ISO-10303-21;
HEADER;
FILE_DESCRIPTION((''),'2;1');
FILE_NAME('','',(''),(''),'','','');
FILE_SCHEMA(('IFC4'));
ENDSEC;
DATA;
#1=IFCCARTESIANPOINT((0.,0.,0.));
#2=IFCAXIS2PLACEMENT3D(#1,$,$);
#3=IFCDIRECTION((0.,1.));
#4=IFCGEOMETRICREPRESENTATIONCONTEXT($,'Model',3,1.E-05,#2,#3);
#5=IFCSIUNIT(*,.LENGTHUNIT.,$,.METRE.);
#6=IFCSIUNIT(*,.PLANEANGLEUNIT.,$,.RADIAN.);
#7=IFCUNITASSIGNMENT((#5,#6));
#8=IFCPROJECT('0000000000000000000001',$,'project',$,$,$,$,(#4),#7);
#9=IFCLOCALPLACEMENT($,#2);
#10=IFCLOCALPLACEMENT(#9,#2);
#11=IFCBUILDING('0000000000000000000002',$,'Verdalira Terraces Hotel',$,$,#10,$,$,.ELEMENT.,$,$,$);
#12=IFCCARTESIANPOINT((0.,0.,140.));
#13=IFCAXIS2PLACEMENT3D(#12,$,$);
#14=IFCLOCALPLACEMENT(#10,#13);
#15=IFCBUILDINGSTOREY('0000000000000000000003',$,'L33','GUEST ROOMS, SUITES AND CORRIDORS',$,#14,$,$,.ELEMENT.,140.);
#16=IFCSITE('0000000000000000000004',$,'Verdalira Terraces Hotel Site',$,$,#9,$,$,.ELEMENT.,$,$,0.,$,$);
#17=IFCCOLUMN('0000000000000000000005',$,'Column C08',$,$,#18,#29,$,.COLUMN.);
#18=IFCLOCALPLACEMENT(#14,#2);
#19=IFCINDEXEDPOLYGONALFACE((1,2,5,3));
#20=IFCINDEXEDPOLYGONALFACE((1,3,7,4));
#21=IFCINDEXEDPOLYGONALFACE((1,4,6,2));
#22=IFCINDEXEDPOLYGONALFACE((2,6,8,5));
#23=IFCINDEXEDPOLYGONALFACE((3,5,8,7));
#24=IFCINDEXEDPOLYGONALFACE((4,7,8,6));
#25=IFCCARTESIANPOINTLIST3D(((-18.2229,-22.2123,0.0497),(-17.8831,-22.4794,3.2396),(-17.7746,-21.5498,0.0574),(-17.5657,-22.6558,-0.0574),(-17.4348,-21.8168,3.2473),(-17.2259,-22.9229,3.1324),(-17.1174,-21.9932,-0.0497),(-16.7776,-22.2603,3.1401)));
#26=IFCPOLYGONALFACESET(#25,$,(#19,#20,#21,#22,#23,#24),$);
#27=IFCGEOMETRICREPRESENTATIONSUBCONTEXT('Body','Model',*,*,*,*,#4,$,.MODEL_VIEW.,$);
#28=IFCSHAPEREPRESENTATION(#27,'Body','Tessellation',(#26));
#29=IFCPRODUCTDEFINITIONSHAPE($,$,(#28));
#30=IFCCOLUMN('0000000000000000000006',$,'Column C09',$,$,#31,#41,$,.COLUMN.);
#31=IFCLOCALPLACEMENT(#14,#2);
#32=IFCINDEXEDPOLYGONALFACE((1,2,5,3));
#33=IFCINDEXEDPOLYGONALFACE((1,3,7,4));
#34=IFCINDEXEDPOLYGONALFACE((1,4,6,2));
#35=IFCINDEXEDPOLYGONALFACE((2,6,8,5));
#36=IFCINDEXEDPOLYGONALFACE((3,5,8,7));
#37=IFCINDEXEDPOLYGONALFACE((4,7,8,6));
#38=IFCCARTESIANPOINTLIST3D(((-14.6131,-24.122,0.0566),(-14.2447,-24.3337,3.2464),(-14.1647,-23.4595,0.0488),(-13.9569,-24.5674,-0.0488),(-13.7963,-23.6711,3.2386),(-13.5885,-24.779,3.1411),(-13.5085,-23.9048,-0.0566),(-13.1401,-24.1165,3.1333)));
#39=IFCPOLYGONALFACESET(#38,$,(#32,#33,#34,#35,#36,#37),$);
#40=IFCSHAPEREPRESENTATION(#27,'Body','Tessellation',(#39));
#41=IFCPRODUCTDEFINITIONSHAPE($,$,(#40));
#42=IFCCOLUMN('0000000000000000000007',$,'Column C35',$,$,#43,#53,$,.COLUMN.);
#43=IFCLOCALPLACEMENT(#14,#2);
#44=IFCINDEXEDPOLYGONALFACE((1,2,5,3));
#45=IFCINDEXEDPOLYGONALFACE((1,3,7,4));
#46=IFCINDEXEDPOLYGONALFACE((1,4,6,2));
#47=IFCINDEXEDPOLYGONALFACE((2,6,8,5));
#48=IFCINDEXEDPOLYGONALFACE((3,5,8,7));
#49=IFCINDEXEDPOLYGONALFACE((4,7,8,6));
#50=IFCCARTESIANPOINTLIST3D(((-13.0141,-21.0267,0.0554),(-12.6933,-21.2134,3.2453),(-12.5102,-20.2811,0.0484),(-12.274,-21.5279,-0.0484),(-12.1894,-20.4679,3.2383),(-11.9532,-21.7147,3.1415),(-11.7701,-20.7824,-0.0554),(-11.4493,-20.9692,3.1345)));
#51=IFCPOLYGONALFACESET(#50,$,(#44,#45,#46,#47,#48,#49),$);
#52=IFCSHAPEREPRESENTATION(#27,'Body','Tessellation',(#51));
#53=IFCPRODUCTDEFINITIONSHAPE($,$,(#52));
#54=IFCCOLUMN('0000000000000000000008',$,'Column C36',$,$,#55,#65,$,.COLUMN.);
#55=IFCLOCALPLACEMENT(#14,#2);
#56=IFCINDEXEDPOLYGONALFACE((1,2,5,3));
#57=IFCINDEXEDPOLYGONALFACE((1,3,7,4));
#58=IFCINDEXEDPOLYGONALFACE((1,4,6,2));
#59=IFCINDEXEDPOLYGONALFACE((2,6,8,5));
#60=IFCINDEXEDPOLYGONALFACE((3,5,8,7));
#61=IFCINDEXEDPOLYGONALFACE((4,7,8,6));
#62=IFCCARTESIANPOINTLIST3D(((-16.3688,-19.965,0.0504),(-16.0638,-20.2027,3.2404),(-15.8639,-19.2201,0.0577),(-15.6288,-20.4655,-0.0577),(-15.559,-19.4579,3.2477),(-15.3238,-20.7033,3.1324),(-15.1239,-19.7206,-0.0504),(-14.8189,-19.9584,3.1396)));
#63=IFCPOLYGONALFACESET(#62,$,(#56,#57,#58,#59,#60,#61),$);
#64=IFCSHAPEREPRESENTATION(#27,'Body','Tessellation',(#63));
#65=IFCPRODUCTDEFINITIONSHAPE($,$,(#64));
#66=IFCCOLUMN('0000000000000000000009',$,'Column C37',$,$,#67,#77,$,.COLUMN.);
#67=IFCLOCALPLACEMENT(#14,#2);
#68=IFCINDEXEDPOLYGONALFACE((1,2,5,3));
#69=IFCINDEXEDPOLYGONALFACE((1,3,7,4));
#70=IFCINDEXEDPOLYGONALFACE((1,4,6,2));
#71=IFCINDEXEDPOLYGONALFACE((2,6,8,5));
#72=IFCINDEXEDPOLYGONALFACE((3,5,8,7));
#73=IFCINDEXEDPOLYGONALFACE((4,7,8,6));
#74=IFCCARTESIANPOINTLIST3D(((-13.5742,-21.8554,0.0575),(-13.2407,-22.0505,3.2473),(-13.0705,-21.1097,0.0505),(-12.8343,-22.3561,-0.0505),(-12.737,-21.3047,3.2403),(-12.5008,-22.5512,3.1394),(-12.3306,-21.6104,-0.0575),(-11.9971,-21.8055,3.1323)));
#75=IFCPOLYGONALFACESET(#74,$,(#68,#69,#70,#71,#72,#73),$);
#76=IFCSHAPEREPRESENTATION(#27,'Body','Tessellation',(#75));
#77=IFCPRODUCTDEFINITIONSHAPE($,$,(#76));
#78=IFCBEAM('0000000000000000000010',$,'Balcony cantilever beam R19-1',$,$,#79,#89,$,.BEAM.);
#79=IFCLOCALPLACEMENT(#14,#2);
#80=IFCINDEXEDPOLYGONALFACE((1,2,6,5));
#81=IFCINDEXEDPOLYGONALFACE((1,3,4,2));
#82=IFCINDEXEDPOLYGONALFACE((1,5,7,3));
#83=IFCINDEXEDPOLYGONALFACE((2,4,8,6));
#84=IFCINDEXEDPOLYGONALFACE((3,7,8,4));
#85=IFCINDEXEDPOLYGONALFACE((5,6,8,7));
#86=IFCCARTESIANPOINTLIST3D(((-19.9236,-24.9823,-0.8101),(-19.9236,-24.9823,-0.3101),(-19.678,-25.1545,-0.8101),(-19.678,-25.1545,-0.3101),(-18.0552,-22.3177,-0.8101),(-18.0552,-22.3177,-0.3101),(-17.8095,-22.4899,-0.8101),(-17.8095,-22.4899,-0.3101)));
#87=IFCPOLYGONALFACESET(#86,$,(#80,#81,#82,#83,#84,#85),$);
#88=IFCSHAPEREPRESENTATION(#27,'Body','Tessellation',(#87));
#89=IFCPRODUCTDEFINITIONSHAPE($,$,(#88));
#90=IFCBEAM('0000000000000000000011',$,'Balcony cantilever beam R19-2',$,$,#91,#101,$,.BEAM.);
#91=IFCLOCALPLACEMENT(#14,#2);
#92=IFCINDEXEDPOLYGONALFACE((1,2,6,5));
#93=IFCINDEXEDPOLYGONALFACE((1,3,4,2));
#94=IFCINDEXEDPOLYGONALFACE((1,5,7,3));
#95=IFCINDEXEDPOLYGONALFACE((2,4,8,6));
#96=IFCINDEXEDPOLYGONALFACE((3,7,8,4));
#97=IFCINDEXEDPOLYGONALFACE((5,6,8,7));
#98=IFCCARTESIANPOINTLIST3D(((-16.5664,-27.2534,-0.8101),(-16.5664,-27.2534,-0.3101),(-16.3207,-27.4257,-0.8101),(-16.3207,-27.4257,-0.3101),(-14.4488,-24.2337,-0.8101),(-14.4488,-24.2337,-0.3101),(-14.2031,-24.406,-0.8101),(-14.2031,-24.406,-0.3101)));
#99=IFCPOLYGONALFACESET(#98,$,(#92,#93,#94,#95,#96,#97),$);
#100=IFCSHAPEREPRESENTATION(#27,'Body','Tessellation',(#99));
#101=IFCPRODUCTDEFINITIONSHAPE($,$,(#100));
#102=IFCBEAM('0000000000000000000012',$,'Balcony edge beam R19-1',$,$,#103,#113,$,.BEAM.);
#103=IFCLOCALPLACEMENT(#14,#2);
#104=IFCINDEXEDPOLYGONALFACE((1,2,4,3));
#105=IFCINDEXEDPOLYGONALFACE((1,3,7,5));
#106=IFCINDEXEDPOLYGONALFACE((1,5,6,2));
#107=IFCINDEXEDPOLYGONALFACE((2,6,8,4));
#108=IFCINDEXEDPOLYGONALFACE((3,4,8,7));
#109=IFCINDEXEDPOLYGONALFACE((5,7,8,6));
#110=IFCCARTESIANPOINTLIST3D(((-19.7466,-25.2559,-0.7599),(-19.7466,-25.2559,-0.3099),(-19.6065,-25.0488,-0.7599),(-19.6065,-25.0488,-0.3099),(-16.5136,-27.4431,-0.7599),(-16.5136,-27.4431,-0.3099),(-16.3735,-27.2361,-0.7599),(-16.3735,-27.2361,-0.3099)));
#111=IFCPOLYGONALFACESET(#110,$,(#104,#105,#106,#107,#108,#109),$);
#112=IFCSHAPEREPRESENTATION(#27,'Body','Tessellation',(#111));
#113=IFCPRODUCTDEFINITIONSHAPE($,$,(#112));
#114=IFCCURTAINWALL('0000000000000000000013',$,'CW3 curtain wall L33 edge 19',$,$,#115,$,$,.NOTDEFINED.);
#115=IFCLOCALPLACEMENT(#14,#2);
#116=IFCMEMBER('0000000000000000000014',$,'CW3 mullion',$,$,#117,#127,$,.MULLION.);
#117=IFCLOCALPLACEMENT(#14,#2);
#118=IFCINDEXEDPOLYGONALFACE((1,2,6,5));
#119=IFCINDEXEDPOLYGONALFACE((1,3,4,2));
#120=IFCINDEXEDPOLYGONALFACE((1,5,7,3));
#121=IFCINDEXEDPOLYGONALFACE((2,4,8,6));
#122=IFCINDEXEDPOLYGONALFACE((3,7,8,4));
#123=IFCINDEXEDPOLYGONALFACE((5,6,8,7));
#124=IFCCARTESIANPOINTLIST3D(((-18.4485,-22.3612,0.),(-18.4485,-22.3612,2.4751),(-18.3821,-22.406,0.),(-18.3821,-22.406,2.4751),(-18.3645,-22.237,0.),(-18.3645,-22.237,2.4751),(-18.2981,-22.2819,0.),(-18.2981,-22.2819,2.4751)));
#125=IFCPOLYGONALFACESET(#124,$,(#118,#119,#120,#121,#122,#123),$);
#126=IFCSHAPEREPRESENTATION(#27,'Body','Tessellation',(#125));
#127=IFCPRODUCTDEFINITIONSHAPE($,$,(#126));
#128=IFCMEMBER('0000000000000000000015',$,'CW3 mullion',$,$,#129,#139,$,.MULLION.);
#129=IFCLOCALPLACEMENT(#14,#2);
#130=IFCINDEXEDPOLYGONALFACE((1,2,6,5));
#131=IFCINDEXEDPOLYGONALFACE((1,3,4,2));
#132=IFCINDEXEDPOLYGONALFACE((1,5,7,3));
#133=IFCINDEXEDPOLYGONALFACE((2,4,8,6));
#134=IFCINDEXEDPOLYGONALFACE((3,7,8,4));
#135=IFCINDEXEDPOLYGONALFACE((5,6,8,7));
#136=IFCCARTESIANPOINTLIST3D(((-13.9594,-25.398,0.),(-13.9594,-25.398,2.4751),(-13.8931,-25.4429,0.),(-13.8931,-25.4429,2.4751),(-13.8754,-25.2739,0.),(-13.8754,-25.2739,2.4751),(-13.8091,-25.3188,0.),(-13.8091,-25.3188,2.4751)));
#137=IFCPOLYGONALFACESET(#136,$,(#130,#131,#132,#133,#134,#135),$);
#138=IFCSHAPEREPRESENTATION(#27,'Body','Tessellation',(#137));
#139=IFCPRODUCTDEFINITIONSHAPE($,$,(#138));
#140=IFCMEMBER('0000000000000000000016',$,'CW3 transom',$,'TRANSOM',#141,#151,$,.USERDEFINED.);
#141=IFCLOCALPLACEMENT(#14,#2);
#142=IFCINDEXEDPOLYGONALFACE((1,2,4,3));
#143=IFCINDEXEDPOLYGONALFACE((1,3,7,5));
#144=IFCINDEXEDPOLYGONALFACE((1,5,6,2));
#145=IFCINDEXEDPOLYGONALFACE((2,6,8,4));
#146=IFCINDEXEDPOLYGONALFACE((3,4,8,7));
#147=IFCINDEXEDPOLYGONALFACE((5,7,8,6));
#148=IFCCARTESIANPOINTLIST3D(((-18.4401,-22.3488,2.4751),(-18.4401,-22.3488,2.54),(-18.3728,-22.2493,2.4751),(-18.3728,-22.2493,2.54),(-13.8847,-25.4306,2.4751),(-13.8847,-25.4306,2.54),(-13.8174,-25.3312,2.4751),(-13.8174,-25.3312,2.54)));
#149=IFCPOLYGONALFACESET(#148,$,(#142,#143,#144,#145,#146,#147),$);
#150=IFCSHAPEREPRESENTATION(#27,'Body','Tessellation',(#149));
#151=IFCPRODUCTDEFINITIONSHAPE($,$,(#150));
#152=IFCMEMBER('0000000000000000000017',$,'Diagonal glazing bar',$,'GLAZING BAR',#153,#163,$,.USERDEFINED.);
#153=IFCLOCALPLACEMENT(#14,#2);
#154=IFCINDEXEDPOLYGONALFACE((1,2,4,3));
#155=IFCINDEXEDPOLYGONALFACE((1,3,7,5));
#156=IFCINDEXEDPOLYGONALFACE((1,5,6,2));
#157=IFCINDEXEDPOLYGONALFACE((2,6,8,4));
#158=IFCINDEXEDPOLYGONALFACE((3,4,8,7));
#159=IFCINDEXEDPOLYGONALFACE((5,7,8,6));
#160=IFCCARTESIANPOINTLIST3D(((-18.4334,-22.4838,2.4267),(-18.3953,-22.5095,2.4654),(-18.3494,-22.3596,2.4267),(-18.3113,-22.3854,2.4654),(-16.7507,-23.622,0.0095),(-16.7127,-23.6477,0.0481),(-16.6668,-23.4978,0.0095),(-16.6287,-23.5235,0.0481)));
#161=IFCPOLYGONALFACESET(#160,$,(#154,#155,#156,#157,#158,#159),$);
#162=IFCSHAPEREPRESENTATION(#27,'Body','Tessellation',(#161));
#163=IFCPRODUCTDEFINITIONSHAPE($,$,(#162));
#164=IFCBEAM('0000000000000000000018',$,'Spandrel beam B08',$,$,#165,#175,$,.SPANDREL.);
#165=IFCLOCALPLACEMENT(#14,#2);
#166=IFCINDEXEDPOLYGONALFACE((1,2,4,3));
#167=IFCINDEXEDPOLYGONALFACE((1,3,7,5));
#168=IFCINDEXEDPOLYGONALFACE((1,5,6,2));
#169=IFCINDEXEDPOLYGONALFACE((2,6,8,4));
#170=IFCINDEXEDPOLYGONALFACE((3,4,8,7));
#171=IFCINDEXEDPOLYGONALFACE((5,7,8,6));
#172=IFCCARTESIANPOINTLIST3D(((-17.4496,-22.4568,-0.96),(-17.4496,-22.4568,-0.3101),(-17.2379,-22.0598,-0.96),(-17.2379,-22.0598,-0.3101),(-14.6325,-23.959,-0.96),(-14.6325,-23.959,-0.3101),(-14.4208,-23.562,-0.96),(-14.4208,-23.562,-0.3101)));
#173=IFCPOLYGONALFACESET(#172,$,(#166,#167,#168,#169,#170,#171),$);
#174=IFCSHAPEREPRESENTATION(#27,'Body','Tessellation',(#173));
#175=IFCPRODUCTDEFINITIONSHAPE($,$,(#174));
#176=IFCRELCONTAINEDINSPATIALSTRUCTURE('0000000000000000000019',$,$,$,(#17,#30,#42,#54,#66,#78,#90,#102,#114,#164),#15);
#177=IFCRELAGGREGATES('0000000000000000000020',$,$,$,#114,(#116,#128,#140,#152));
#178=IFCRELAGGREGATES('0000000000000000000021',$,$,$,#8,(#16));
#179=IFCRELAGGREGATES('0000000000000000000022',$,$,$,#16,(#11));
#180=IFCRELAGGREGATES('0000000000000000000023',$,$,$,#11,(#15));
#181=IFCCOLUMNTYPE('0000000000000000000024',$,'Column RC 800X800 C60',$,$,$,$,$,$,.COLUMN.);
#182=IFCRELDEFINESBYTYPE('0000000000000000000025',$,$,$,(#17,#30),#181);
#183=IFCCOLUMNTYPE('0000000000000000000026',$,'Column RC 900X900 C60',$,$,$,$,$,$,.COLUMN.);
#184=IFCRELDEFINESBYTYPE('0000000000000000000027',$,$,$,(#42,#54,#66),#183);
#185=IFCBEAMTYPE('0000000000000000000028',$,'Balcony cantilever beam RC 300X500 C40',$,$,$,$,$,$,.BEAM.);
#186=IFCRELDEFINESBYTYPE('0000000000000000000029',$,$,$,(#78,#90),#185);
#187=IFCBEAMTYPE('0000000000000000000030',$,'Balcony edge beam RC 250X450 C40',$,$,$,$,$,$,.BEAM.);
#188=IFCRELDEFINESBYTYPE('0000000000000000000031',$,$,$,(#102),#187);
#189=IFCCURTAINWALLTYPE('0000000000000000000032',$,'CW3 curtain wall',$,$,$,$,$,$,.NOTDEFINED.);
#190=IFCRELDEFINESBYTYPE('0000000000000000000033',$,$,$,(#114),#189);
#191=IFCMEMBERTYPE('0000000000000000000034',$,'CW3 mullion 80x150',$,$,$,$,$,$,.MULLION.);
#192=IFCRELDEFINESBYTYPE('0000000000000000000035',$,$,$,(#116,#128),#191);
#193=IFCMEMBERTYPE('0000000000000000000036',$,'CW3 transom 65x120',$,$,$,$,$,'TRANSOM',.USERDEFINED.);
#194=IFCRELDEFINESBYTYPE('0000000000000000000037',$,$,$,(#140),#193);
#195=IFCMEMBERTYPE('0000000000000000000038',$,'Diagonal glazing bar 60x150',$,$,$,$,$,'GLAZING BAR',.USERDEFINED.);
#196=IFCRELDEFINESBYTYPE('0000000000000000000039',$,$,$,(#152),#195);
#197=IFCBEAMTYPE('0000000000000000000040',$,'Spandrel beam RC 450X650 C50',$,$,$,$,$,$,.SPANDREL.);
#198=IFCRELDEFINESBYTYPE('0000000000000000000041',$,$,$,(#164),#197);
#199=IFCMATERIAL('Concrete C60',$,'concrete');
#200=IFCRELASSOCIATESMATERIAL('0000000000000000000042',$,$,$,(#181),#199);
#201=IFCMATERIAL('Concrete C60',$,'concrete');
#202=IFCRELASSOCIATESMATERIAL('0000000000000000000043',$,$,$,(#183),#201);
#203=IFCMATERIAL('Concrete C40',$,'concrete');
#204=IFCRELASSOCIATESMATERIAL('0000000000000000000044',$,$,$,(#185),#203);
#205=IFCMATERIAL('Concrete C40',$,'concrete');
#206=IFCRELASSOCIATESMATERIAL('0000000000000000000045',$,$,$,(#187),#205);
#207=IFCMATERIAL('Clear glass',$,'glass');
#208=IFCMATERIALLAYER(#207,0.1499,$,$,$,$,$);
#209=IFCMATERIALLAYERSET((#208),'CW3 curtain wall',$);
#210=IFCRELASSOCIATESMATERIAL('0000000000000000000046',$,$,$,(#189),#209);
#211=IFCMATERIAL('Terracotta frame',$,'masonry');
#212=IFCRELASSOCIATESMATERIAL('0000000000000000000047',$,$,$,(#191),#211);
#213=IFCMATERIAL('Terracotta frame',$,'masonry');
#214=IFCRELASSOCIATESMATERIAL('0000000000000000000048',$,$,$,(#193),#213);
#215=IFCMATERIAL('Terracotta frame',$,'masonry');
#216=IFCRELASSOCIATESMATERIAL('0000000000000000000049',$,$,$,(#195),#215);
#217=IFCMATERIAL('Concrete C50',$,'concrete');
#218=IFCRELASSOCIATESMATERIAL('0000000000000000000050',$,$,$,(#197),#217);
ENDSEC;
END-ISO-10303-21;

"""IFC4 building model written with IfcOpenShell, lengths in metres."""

from ifc_helpers import new_model, si_unit, direction, frame, origin, origin_2d, place, context, subcontext, project, spatial, rectangle, extrude, material, layer, layer_set, material_profile, profile_set, type_object, element, aggregate, save


model = new_model("IFC4")

# Units and contexts
model_context = context("Model", 3, precision=1e-05, world=origin(), true_north=direction((0.0, 1.0)))
body_context = subcontext(model_context, "Body", "Model", "MODEL_VIEW")
ifc_project = project(units=[si_unit("LENGTHUNIT", "METRE"), si_unit("PLANEANGLEUNIT", "RADIAN")], contexts=[model_context])

# Site, building, storey
site_placement = place(None, origin())
site = spatial("IfcSite", under=ifc_project, at=site_placement, Name="Verdalira Terraces Hotel Site", CompositionType="ELEMENT", RefElevation=0.0)
building_placement = place(site_placement, origin())
building = spatial("IfcBuilding", under=site, at=building_placement, Name="Verdalira Terraces Hotel", CompositionType="ELEMENT")
storey_placement = place(building_placement, frame((0.0, 0.0, 140.0)))
storey = spatial("IfcBuildingStorey", under=building, at=storey_placement, Name="L33", Description="GUEST ROOMS, SUITES AND CORRIDORS", CompositionType="ELEMENT", Elevation=140.0)

# Columns
ifc_material_1 = material(Name="Concrete C60", Category="concrete")
ifc_material_profile_1 = material_profile(ifc_material_1, rectangle(XDim=0.8, YDim=0.8, at=origin_2d()), Name="RC 800X800")
ifc_profile_set_1 = profile_set([ifc_material_profile_1], Name="Concrete C60")
column_type_1 = type_object("IfcColumnType", Name="Column RC 800X800 C60", PredefinedType="COLUMN", material=ifc_profile_set_1)
column_1_placement = place(storey_placement, frame((-17.6702, -22.1028, 0.0), z_axis=(0.105571, -0.082971, 0.990944), x_axis=(0.821478, -0.55429, -0.133927)))
element("IfcColumn", 1, at=column_1_placement, inside=storey, type_object=column_type_1, Name="Column C08", PredefinedType="COLUMN", context=body_context, shape_type="SweptSolid", body=[
    extrude(rectangle(XDim=0.8, YDim=0.8, at=origin_2d()), origin(), (0.0, 0.0, 1.0), 3.219),
])
column_2_placement = place(storey_placement, frame((-14.0608, -24.0134, 0.0), z_axis=(0.11448, -0.065775, 0.991246), x_axis=(0.820236, -0.556666, -0.131667)))
element("IfcColumn", 2, at=column_2_placement, inside=storey, type_object=column_type_1, Name="Column C09", PredefinedType="COLUMN", context=body_context, shape_type="SweptSolid", body=[
    extrude(rectangle(XDim=0.8, YDim=0.8, at=origin_2d()), origin(), (0.0, 0.0, 1.0), 3.218),
])
ifc_material_2 = material(Name="Concrete C60", Category="concrete")
ifc_material_profile_2 = material_profile(ifc_material_2, rectangle(XDim=0.8999, YDim=0.8999, at=origin_2d()), Name="RC 900X900")
ifc_profile_set_2 = profile_set([ifc_material_profile_2], Name="Concrete C60")
column_type_2 = type_object("IfcColumnType", Name="Column RC 900X900 C60", PredefinedType="COLUMN", material=ifc_profile_set_2)
column_3_placement = place(storey_placement, frame((-12.3921, -20.9045, 0.0), z_axis=(0.099892, -0.058156, 0.993297), x_axis=(-0.55999, -0.828462, 0.007811)))
element("IfcColumn", 3, at=column_3_placement, inside=storey, type_object=column_type_2, Name="Column C35", PredefinedType="COLUMN", context=body_context, shape_type="SweptSolid", body=[
    extrude(rectangle(XDim=0.8999, YDim=0.8999, at=origin_2d()), origin(), (0.0, 0.0, 1.0), 3.2114),
])
column_4_placement = place(storey_placement, frame((-15.7463, -19.8428, 0.0), z_axis=(0.094897, -0.074003, 0.992733), x_axis=(-0.56105, -0.827742, -0.008072)))
element("IfcColumn", 4, at=column_4_placement, inside=storey, type_object=column_type_2, Name="Column C36", PredefinedType="COLUMN", context=body_context, shape_type="SweptSolid", body=[
    extrude(rectangle(XDim=0.8999, YDim=0.8999, at=origin_2d()), origin(), (0.0, 0.0, 1.0), 3.2134),
])
column_5_placement = place(storey_placement, frame((-12.9524, -21.7329, 0.0), z_axis=(0.103788, -0.060707, 0.992745), x_axis=(-0.559689, -0.828666, 0.007839)))
element("IfcColumn", 5, at=column_5_placement, inside=storey, type_object=column_type_2, Name="Column C37", PredefinedType="COLUMN", context=body_context, shape_type="SweptSolid", body=[
    extrude(rectangle(XDim=0.8999, YDim=0.8999, at=origin_2d()), origin(), (0.0, 0.0, 1.0), 3.2131),
])

# Beams
ifc_material_3 = material(Name="Concrete C40", Category="concrete")
ifc_material_profile_3 = material_profile(ifc_material_3, rectangle(XDim=0.3, YDim=0.5, at=origin_2d()), Name="RC 300X500")
ifc_profile_set_3 = profile_set([ifc_material_profile_3], Name="Concrete C40")
beam_type_1 = type_object("IfcBeamType", Name="Balcony cantilever beam RC 300X500 C40", PredefinedType="BEAM", material=ifc_profile_set_3)
beam_1_placement = place(storey_placement, frame((-17.9324, -22.4038, -0.5601), z_axis=(-0.574127, -0.818766, 0.0), x_axis=(0.818766, -0.574127, 0.0)))
element("IfcBeam", 6, at=beam_1_placement, inside=storey, type_object=beam_type_1, Name="Balcony cantilever beam R19-1", PredefinedType="BEAM", context=body_context, shape_type="SweptSolid", body=[
    extrude(rectangle(XDim=0.3, YDim=0.5, at=origin_2d()), origin(), (0.0, 0.0, 1.0), 3.2544),
])
beam_2_placement = place(storey_placement, frame((-14.3259, -24.3198, -0.5601), z_axis=(-0.57416, -0.818743, 0.0), x_axis=(0.818743, -0.57416, 0.0)))
element("IfcBeam", 7, at=beam_2_placement, inside=storey, type_object=beam_type_1, Name="Balcony cantilever beam R19-2", PredefinedType="BEAM", context=body_context, shape_type="SweptSolid", body=[
    extrude(rectangle(XDim=0.3, YDim=0.5, at=origin_2d()), origin(), (0.0, 0.0, 1.0), 3.6882),
])
ifc_material_4 = material(Name="Concrete C40", Category="concrete")
ifc_material_profile_4 = material_profile(ifc_material_4, rectangle(XDim=0.25, YDim=0.45, at=origin_2d()), Name="RC 250X450")
ifc_profile_set_4 = profile_set([ifc_material_profile_4], Name="Concrete C40")
beam_type_2 = type_object("IfcBeamType", Name="Balcony edge beam RC 250X450 C40", PredefinedType="BEAM", material=ifc_profile_set_4)
beam_3_placement = place(storey_placement, frame((-19.6765, -25.1523, -0.5349), z_axis=(0.828249, -0.56036, 0.0), x_axis=(0.56036, 0.828249, 0.0)))
element("IfcBeam", 8, at=beam_3_placement, inside=storey, type_object=beam_type_2, Name="Balcony edge beam R19-1", PredefinedType="BEAM", context=body_context, shape_type="SweptSolid", body=[
    extrude(rectangle(XDim=0.25, YDim=0.45, at=origin_2d()), origin(), (0.0, 0.0, 1.0), 3.9033),
])

# Curtain wall, members
ifc_material_5 = material(Name="Clear glass", Category="glass")
ifc_layer_1 = layer(ifc_material_5, 0.1499)
ifc_layer_set_1 = layer_set([ifc_layer_1], Name="CW3 curtain wall")
curtain_wall_type = type_object("IfcCurtainWallType", Name="CW3 curtain wall", PredefinedType="NOTDEFINED", material=ifc_layer_set_1)
curtain_wall_placement = place(storey_placement, origin())
curtain_wall = element("IfcCurtainWall", 9, at=curtain_wall_placement, inside=storey, type_object=curtain_wall_type, Name="CW3 curtain wall L33 edge 19", PredefinedType="NOTDEFINED")
ifc_material_6 = material(Name="Terracotta frame", Category="masonry")
ifc_material_profile_5 = material_profile(ifc_material_6, rectangle(XDim=0.0801, YDim=0.1499, at=origin_2d()), Name="MU 80x150")
ifc_profile_set_5 = profile_set([ifc_material_profile_5], Name="Terracotta frame")
member_type_1 = type_object("IfcMemberType", Name="CW3 mullion 80x150", PredefinedType="MULLION", material=ifc_profile_set_5)
member_1_placement = place(storey_placement, frame((-18.3733, -22.3215, 0.0), z_axis=(0.0, 0.0, 1.0), x_axis=(0.828256, -0.56035, 0.0)))
member_1 = element("IfcMember", 10, at=member_1_placement, type_object=member_type_1, Name="CW3 mullion", PredefinedType="MULLION", context=body_context, shape_type="SweptSolid", body=[
    extrude(rectangle(XDim=0.0801, YDim=0.1499, at=origin_2d()), origin(), (0.0, 0.0, 1.0), 2.4751),
])
member_2_placement = place(storey_placement, frame((-13.8843, -25.3584, 0.0), z_axis=(0.0, 0.0, 1.0), x_axis=(0.828256, -0.56035, 0.0)))
member_2 = element("IfcMember", 11, at=member_2_placement, type_object=member_type_1, Name="CW3 mullion", PredefinedType="MULLION", context=body_context, shape_type="SweptSolid", body=[
    extrude(rectangle(XDim=0.0801, YDim=0.1499, at=origin_2d()), origin(), (0.0, 0.0, 1.0), 2.4751),
])
ifc_material_7 = material(Name="Terracotta frame", Category="masonry")
ifc_material_profile_6 = material_profile(ifc_material_7, rectangle(XDim=0.1201, YDim=0.0649, at=origin_2d()), Name="TR 65x120")
ifc_profile_set_6 = profile_set([ifc_material_profile_6], Name="Terracotta frame")
member_type_2 = type_object("IfcMemberType", Name="CW3 transom 65x120", ElementType="TRANSOM", PredefinedType="USERDEFINED", material=ifc_profile_set_6)
member_3_placement = place(storey_placement, frame((-18.4065, -22.2991, 2.5076), z_axis=(0.828268, -0.560332, 0.0), x_axis=(0.560332, 0.828268, 0.0)))
member_3 = element("IfcMember", 12, at=member_3_placement, type_object=member_type_2, Name="CW3 transom", ObjectType="TRANSOM", PredefinedType="USERDEFINED", context=body_context, shape_type="SweptSolid", body=[
    extrude(rectangle(XDim=0.1201, YDim=0.0649, at=origin_2d()), origin(), (0.0, 0.0, 1.0), 5.5),
])
ifc_material_8 = material(Name="Terracotta frame", Category="masonry")
ifc_material_profile_7 = material_profile(ifc_material_8, rectangle(XDim=0.1499, YDim=0.0601, at=origin_2d()), Name="GB 60x150")
ifc_profile_set_7 = profile_set([ifc_material_profile_7], Name="Terracotta frame")
member_type_3 = type_object("IfcMemberType", Name="Diagonal glazing bar 60x150", ElementType="GLAZING BAR", PredefinedType="USERDEFINED", material=ifc_profile_set_7)
member_4_placement = place(storey_placement, frame((-18.3723, -22.4346, 2.446), z_axis=(0.532898, -0.360472, -0.765558), x_axis=(0.56029, 0.828297, 0.0)))
member_4 = element("IfcMember", 13, at=member_4_placement, type_object=member_type_3, Name="Diagonal glazing bar", ObjectType="GLAZING BAR", PredefinedType="USERDEFINED", context=body_context, shape_type="SweptSolid", body=[
    extrude(rectangle(XDim=0.1499, YDim=0.0601, at=origin_2d()), origin(), (0.0, 0.0, 1.0), 3.1575),
])

# Beam
ifc_material_9 = material(Name="Concrete C50", Category="concrete")
ifc_material_profile_8 = material_profile(ifc_material_9, rectangle(XDim=0.45, YDim=0.6499, at=origin_2d()), Name="RC 450X650")
ifc_profile_set_8 = profile_set([ifc_material_profile_8], Name="Concrete C50")
beam_type_3 = type_object("IfcBeamType", Name="Spandrel beam RC 450X650 C50", PredefinedType="SPANDREL", material=ifc_profile_set_8)
beam_4_placement = place(storey_placement, frame((-17.3438, -22.2583, -0.635), z_axis=(0.882389, -0.470521, 0.0), x_axis=(0.470521, 0.882389, 0.0)))
element("IfcBeam", 14, at=beam_4_placement, inside=storey, type_object=beam_type_3, Name="Spandrel beam B08", PredefinedType="SPANDREL", context=body_context, shape_type="SweptSolid", body=[
    extrude(rectangle(XDim=0.45, YDim=0.6499, at=origin_2d()), origin(), (0.0, 0.0, 1.0), 3.1926),
])

aggregate(curtain_wall, [member_1, member_2, member_3, member_4])

save(model, "model.ifc")
